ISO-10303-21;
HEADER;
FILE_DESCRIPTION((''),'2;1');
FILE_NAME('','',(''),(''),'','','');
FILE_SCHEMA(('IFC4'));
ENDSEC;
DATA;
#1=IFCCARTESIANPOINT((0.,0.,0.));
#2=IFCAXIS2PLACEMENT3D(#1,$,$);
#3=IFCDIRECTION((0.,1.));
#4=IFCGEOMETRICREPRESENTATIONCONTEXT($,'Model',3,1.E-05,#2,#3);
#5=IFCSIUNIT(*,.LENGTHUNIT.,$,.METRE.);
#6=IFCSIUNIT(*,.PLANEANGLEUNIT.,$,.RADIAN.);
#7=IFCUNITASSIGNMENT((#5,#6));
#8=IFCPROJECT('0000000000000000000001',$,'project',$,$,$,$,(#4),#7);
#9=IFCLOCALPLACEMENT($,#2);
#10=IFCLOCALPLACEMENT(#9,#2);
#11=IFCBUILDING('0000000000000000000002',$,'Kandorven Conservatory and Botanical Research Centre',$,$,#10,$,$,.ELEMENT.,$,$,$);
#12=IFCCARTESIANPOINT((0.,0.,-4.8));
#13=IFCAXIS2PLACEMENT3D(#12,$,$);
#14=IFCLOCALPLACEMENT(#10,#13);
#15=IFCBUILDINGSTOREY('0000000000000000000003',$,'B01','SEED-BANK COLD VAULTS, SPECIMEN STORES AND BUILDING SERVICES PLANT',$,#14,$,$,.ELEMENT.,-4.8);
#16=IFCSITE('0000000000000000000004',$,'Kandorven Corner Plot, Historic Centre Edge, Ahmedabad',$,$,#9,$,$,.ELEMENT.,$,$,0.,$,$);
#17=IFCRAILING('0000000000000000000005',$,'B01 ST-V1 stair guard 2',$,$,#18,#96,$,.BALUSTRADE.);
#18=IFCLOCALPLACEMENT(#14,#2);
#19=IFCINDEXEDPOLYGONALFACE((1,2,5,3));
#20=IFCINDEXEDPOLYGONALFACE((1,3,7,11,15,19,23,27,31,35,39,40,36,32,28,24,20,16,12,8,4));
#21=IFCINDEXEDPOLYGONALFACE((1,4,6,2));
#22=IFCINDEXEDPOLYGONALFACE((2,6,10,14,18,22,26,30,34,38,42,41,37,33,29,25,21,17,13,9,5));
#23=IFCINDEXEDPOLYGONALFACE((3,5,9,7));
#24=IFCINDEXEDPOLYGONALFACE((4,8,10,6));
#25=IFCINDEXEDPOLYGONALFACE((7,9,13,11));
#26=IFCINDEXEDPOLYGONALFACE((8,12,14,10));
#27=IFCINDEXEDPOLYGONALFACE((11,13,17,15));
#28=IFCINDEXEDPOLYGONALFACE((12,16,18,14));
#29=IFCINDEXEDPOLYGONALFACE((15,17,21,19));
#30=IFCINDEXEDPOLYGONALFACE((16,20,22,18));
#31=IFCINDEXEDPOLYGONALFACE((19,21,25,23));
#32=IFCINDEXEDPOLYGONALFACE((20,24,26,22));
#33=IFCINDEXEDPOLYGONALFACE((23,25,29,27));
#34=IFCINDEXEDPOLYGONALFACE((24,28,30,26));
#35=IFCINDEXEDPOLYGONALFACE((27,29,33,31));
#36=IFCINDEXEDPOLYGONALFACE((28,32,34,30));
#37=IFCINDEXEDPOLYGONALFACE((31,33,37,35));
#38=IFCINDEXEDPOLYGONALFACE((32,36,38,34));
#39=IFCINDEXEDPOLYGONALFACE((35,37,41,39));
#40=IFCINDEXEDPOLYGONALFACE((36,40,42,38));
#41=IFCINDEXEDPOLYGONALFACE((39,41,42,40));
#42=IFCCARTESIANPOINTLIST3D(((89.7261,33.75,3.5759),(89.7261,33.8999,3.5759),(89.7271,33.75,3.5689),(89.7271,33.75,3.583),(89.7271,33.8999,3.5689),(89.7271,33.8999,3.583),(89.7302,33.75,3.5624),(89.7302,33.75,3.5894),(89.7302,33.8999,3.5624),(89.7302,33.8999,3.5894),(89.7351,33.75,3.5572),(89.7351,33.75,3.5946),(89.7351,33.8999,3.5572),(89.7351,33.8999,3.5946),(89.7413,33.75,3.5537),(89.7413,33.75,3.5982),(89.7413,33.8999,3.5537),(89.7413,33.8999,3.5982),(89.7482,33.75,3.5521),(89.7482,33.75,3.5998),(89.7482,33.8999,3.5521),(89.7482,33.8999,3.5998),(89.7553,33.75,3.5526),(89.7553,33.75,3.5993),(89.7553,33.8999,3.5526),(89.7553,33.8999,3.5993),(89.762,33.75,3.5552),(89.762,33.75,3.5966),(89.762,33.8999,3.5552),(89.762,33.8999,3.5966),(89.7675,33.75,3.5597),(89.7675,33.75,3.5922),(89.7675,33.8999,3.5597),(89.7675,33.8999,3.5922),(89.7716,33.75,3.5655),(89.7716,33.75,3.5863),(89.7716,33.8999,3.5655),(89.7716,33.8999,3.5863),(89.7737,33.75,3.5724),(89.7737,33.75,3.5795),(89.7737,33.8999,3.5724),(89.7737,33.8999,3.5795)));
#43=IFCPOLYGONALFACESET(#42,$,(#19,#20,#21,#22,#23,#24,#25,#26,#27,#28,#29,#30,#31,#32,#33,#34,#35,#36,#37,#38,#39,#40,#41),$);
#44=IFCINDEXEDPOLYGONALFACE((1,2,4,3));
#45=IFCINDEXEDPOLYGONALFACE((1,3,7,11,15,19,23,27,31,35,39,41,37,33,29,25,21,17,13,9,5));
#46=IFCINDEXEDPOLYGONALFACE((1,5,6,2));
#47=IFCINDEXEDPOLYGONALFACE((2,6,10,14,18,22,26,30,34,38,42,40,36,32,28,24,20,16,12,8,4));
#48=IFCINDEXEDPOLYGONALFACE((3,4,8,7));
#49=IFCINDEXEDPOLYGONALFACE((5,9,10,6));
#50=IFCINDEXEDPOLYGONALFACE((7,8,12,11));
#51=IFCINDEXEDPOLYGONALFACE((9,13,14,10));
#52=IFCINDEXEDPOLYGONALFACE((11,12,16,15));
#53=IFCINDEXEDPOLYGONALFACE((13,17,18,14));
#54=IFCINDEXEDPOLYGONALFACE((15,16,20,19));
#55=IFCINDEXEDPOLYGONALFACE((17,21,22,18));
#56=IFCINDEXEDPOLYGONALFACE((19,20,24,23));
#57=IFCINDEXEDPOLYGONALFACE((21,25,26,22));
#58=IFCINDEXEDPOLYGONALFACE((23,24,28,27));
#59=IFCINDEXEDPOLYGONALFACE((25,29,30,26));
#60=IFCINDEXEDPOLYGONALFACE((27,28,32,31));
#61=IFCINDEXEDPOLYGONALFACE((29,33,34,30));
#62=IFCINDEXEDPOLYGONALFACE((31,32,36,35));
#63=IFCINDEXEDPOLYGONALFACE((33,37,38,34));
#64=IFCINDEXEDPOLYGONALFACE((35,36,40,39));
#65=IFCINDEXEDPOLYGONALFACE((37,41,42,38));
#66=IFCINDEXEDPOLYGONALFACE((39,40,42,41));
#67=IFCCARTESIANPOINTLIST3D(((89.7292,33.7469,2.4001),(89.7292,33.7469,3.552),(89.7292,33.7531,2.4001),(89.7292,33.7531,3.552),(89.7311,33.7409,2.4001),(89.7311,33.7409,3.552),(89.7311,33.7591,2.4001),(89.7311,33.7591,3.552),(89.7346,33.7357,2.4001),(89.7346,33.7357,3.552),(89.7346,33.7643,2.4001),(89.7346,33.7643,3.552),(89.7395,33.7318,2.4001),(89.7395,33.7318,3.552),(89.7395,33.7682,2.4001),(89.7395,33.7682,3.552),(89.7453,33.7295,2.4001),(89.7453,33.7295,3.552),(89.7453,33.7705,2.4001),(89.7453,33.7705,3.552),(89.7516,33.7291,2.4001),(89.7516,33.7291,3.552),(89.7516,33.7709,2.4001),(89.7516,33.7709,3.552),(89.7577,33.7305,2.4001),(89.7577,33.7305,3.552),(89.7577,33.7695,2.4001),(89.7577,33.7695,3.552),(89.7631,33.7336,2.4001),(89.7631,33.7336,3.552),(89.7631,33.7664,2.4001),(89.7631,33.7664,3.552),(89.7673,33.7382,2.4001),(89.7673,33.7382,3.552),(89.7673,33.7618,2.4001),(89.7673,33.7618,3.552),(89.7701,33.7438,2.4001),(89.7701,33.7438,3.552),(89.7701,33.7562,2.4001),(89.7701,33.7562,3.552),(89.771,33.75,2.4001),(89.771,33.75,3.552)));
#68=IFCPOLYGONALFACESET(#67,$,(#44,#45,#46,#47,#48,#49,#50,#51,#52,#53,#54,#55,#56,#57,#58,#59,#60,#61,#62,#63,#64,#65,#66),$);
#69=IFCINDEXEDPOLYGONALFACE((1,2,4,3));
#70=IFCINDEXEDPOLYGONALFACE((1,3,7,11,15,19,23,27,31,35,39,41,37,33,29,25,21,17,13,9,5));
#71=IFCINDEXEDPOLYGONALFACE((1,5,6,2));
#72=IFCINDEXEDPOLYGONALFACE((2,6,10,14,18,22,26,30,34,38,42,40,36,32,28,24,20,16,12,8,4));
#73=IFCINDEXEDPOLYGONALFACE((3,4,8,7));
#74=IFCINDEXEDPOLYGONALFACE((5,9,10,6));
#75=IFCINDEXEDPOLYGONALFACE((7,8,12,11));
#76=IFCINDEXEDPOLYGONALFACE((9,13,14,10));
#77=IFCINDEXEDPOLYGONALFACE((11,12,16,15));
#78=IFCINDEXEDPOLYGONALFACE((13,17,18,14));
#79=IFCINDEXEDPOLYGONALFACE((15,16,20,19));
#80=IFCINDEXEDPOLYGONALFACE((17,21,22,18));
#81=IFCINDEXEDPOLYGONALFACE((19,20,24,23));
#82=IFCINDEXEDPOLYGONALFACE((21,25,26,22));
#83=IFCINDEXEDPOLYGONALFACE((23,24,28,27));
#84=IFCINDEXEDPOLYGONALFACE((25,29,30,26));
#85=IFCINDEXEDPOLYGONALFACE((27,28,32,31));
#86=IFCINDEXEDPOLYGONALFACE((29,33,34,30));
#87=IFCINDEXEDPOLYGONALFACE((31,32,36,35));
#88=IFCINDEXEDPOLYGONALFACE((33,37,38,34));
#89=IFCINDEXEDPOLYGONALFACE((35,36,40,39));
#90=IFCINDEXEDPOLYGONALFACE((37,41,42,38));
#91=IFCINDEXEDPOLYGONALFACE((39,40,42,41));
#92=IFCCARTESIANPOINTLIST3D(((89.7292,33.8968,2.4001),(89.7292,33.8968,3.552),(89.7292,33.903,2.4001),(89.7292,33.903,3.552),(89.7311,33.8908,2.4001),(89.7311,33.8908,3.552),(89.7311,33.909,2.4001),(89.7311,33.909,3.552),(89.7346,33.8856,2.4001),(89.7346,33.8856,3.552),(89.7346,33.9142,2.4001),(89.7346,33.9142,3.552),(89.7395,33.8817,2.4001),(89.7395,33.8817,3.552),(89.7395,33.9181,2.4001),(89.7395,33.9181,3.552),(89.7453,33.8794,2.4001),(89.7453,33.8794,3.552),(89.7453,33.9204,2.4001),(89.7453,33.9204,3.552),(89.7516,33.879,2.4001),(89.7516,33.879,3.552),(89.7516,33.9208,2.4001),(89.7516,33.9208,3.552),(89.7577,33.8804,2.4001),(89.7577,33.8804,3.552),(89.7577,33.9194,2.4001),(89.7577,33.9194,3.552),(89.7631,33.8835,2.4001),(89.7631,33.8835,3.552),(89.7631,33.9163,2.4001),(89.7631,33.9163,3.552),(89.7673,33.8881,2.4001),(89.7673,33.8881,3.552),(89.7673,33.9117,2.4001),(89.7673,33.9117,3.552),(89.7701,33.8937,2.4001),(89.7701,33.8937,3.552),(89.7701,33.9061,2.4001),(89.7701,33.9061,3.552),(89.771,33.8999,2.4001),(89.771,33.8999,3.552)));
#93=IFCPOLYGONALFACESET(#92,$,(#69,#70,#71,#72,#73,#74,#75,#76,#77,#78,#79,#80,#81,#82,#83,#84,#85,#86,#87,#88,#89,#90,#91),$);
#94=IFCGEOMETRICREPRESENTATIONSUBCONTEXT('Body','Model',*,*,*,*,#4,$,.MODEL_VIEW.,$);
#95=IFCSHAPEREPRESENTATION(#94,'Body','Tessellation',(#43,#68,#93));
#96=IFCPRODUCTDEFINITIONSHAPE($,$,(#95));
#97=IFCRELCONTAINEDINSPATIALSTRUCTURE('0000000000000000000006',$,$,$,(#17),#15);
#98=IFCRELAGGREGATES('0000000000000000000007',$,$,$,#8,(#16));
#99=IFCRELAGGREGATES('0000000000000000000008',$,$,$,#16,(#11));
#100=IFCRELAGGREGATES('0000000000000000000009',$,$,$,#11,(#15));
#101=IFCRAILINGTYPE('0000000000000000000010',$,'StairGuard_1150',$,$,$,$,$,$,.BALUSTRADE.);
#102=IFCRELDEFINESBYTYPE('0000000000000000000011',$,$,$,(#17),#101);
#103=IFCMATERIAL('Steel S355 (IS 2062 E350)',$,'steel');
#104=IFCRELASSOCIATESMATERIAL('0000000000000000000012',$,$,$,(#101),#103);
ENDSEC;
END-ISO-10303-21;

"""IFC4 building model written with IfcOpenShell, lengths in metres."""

from ifc_helpers import new_model, si_unit, direction, frame, origin, origin_2d, place, context, subcontext, project, spatial, circle, extrude, material, type_object, element, save


model = new_model("IFC4")

# Units and contexts
model_context = context("Model", 3, precision=1e-05, world=origin(), true_north=direction((0.0, 1.0)))
body_context = subcontext(model_context, "Body", "Model", "MODEL_VIEW")
ifc_project = project(units=[si_unit("LENGTHUNIT", "METRE"), si_unit("PLANEANGLEUNIT", "RADIAN")], contexts=[model_context])

# Site, building, storey
site_placement = place(None, origin())
site = spatial("IfcSite", under=ifc_project, at=site_placement, Name="Kandorven Corner Plot, Historic Centre Edge, Ahmedabad", CompositionType="ELEMENT", RefElevation=0.0)
building_placement = place(site_placement, origin())
building = spatial("IfcBuilding", under=site, at=building_placement, Name="Kandorven Conservatory and Botanical Research Centre", CompositionType="ELEMENT")
storey_placement = place(building_placement, frame((0.0, 0.0, -4.8)))
storey = spatial("IfcBuildingStorey", under=building, at=storey_placement, Name="B01", Description="SEED-BANK COLD VAULTS, SPECIMEN STORES AND BUILDING SERVICES PLANT", CompositionType="ELEMENT", Elevation=-4.8)

# Railing
ifc_material_1 = material(Name="Steel S355 (IS 2062 E350)", Category="steel")
railing_type_1 = type_object("IfcRailingType", Name="StairGuard_1150", PredefinedType="BALUSTRADE", material=ifc_material_1)
railing_1_placement = place(storey_placement, frame((89.75, 33.75, 2.4001)))
element("IfcRailing", 1, at=railing_1_placement, inside=storey, type_object=railing_type_1, Name="B01 ST-V1 stair guard 2", PredefinedType="BALUSTRADE", context=body_context, shape_type="SweptSolid", body=[
    extrude(circle(Radius=0.0239, at=origin_2d()), frame((0.0, 0.0, 1.1758), z_axis=(0.0, 1.0, 0.0), x_axis=(-1.0, 0.0, 0.0)), (0.0, 0.0, 1.0), 0.1499),
    extrude(circle(Radius=0.021, at=origin_2d()), origin(), (0.0, 0.0, 1.0), 1.1519),
    extrude(circle(Radius=0.021, at=origin_2d()), frame((0.0, 0.1499, 0.0)), (0.0, 0.0, 1.0), 1.1519),
])

save(model, "model.ifc")
